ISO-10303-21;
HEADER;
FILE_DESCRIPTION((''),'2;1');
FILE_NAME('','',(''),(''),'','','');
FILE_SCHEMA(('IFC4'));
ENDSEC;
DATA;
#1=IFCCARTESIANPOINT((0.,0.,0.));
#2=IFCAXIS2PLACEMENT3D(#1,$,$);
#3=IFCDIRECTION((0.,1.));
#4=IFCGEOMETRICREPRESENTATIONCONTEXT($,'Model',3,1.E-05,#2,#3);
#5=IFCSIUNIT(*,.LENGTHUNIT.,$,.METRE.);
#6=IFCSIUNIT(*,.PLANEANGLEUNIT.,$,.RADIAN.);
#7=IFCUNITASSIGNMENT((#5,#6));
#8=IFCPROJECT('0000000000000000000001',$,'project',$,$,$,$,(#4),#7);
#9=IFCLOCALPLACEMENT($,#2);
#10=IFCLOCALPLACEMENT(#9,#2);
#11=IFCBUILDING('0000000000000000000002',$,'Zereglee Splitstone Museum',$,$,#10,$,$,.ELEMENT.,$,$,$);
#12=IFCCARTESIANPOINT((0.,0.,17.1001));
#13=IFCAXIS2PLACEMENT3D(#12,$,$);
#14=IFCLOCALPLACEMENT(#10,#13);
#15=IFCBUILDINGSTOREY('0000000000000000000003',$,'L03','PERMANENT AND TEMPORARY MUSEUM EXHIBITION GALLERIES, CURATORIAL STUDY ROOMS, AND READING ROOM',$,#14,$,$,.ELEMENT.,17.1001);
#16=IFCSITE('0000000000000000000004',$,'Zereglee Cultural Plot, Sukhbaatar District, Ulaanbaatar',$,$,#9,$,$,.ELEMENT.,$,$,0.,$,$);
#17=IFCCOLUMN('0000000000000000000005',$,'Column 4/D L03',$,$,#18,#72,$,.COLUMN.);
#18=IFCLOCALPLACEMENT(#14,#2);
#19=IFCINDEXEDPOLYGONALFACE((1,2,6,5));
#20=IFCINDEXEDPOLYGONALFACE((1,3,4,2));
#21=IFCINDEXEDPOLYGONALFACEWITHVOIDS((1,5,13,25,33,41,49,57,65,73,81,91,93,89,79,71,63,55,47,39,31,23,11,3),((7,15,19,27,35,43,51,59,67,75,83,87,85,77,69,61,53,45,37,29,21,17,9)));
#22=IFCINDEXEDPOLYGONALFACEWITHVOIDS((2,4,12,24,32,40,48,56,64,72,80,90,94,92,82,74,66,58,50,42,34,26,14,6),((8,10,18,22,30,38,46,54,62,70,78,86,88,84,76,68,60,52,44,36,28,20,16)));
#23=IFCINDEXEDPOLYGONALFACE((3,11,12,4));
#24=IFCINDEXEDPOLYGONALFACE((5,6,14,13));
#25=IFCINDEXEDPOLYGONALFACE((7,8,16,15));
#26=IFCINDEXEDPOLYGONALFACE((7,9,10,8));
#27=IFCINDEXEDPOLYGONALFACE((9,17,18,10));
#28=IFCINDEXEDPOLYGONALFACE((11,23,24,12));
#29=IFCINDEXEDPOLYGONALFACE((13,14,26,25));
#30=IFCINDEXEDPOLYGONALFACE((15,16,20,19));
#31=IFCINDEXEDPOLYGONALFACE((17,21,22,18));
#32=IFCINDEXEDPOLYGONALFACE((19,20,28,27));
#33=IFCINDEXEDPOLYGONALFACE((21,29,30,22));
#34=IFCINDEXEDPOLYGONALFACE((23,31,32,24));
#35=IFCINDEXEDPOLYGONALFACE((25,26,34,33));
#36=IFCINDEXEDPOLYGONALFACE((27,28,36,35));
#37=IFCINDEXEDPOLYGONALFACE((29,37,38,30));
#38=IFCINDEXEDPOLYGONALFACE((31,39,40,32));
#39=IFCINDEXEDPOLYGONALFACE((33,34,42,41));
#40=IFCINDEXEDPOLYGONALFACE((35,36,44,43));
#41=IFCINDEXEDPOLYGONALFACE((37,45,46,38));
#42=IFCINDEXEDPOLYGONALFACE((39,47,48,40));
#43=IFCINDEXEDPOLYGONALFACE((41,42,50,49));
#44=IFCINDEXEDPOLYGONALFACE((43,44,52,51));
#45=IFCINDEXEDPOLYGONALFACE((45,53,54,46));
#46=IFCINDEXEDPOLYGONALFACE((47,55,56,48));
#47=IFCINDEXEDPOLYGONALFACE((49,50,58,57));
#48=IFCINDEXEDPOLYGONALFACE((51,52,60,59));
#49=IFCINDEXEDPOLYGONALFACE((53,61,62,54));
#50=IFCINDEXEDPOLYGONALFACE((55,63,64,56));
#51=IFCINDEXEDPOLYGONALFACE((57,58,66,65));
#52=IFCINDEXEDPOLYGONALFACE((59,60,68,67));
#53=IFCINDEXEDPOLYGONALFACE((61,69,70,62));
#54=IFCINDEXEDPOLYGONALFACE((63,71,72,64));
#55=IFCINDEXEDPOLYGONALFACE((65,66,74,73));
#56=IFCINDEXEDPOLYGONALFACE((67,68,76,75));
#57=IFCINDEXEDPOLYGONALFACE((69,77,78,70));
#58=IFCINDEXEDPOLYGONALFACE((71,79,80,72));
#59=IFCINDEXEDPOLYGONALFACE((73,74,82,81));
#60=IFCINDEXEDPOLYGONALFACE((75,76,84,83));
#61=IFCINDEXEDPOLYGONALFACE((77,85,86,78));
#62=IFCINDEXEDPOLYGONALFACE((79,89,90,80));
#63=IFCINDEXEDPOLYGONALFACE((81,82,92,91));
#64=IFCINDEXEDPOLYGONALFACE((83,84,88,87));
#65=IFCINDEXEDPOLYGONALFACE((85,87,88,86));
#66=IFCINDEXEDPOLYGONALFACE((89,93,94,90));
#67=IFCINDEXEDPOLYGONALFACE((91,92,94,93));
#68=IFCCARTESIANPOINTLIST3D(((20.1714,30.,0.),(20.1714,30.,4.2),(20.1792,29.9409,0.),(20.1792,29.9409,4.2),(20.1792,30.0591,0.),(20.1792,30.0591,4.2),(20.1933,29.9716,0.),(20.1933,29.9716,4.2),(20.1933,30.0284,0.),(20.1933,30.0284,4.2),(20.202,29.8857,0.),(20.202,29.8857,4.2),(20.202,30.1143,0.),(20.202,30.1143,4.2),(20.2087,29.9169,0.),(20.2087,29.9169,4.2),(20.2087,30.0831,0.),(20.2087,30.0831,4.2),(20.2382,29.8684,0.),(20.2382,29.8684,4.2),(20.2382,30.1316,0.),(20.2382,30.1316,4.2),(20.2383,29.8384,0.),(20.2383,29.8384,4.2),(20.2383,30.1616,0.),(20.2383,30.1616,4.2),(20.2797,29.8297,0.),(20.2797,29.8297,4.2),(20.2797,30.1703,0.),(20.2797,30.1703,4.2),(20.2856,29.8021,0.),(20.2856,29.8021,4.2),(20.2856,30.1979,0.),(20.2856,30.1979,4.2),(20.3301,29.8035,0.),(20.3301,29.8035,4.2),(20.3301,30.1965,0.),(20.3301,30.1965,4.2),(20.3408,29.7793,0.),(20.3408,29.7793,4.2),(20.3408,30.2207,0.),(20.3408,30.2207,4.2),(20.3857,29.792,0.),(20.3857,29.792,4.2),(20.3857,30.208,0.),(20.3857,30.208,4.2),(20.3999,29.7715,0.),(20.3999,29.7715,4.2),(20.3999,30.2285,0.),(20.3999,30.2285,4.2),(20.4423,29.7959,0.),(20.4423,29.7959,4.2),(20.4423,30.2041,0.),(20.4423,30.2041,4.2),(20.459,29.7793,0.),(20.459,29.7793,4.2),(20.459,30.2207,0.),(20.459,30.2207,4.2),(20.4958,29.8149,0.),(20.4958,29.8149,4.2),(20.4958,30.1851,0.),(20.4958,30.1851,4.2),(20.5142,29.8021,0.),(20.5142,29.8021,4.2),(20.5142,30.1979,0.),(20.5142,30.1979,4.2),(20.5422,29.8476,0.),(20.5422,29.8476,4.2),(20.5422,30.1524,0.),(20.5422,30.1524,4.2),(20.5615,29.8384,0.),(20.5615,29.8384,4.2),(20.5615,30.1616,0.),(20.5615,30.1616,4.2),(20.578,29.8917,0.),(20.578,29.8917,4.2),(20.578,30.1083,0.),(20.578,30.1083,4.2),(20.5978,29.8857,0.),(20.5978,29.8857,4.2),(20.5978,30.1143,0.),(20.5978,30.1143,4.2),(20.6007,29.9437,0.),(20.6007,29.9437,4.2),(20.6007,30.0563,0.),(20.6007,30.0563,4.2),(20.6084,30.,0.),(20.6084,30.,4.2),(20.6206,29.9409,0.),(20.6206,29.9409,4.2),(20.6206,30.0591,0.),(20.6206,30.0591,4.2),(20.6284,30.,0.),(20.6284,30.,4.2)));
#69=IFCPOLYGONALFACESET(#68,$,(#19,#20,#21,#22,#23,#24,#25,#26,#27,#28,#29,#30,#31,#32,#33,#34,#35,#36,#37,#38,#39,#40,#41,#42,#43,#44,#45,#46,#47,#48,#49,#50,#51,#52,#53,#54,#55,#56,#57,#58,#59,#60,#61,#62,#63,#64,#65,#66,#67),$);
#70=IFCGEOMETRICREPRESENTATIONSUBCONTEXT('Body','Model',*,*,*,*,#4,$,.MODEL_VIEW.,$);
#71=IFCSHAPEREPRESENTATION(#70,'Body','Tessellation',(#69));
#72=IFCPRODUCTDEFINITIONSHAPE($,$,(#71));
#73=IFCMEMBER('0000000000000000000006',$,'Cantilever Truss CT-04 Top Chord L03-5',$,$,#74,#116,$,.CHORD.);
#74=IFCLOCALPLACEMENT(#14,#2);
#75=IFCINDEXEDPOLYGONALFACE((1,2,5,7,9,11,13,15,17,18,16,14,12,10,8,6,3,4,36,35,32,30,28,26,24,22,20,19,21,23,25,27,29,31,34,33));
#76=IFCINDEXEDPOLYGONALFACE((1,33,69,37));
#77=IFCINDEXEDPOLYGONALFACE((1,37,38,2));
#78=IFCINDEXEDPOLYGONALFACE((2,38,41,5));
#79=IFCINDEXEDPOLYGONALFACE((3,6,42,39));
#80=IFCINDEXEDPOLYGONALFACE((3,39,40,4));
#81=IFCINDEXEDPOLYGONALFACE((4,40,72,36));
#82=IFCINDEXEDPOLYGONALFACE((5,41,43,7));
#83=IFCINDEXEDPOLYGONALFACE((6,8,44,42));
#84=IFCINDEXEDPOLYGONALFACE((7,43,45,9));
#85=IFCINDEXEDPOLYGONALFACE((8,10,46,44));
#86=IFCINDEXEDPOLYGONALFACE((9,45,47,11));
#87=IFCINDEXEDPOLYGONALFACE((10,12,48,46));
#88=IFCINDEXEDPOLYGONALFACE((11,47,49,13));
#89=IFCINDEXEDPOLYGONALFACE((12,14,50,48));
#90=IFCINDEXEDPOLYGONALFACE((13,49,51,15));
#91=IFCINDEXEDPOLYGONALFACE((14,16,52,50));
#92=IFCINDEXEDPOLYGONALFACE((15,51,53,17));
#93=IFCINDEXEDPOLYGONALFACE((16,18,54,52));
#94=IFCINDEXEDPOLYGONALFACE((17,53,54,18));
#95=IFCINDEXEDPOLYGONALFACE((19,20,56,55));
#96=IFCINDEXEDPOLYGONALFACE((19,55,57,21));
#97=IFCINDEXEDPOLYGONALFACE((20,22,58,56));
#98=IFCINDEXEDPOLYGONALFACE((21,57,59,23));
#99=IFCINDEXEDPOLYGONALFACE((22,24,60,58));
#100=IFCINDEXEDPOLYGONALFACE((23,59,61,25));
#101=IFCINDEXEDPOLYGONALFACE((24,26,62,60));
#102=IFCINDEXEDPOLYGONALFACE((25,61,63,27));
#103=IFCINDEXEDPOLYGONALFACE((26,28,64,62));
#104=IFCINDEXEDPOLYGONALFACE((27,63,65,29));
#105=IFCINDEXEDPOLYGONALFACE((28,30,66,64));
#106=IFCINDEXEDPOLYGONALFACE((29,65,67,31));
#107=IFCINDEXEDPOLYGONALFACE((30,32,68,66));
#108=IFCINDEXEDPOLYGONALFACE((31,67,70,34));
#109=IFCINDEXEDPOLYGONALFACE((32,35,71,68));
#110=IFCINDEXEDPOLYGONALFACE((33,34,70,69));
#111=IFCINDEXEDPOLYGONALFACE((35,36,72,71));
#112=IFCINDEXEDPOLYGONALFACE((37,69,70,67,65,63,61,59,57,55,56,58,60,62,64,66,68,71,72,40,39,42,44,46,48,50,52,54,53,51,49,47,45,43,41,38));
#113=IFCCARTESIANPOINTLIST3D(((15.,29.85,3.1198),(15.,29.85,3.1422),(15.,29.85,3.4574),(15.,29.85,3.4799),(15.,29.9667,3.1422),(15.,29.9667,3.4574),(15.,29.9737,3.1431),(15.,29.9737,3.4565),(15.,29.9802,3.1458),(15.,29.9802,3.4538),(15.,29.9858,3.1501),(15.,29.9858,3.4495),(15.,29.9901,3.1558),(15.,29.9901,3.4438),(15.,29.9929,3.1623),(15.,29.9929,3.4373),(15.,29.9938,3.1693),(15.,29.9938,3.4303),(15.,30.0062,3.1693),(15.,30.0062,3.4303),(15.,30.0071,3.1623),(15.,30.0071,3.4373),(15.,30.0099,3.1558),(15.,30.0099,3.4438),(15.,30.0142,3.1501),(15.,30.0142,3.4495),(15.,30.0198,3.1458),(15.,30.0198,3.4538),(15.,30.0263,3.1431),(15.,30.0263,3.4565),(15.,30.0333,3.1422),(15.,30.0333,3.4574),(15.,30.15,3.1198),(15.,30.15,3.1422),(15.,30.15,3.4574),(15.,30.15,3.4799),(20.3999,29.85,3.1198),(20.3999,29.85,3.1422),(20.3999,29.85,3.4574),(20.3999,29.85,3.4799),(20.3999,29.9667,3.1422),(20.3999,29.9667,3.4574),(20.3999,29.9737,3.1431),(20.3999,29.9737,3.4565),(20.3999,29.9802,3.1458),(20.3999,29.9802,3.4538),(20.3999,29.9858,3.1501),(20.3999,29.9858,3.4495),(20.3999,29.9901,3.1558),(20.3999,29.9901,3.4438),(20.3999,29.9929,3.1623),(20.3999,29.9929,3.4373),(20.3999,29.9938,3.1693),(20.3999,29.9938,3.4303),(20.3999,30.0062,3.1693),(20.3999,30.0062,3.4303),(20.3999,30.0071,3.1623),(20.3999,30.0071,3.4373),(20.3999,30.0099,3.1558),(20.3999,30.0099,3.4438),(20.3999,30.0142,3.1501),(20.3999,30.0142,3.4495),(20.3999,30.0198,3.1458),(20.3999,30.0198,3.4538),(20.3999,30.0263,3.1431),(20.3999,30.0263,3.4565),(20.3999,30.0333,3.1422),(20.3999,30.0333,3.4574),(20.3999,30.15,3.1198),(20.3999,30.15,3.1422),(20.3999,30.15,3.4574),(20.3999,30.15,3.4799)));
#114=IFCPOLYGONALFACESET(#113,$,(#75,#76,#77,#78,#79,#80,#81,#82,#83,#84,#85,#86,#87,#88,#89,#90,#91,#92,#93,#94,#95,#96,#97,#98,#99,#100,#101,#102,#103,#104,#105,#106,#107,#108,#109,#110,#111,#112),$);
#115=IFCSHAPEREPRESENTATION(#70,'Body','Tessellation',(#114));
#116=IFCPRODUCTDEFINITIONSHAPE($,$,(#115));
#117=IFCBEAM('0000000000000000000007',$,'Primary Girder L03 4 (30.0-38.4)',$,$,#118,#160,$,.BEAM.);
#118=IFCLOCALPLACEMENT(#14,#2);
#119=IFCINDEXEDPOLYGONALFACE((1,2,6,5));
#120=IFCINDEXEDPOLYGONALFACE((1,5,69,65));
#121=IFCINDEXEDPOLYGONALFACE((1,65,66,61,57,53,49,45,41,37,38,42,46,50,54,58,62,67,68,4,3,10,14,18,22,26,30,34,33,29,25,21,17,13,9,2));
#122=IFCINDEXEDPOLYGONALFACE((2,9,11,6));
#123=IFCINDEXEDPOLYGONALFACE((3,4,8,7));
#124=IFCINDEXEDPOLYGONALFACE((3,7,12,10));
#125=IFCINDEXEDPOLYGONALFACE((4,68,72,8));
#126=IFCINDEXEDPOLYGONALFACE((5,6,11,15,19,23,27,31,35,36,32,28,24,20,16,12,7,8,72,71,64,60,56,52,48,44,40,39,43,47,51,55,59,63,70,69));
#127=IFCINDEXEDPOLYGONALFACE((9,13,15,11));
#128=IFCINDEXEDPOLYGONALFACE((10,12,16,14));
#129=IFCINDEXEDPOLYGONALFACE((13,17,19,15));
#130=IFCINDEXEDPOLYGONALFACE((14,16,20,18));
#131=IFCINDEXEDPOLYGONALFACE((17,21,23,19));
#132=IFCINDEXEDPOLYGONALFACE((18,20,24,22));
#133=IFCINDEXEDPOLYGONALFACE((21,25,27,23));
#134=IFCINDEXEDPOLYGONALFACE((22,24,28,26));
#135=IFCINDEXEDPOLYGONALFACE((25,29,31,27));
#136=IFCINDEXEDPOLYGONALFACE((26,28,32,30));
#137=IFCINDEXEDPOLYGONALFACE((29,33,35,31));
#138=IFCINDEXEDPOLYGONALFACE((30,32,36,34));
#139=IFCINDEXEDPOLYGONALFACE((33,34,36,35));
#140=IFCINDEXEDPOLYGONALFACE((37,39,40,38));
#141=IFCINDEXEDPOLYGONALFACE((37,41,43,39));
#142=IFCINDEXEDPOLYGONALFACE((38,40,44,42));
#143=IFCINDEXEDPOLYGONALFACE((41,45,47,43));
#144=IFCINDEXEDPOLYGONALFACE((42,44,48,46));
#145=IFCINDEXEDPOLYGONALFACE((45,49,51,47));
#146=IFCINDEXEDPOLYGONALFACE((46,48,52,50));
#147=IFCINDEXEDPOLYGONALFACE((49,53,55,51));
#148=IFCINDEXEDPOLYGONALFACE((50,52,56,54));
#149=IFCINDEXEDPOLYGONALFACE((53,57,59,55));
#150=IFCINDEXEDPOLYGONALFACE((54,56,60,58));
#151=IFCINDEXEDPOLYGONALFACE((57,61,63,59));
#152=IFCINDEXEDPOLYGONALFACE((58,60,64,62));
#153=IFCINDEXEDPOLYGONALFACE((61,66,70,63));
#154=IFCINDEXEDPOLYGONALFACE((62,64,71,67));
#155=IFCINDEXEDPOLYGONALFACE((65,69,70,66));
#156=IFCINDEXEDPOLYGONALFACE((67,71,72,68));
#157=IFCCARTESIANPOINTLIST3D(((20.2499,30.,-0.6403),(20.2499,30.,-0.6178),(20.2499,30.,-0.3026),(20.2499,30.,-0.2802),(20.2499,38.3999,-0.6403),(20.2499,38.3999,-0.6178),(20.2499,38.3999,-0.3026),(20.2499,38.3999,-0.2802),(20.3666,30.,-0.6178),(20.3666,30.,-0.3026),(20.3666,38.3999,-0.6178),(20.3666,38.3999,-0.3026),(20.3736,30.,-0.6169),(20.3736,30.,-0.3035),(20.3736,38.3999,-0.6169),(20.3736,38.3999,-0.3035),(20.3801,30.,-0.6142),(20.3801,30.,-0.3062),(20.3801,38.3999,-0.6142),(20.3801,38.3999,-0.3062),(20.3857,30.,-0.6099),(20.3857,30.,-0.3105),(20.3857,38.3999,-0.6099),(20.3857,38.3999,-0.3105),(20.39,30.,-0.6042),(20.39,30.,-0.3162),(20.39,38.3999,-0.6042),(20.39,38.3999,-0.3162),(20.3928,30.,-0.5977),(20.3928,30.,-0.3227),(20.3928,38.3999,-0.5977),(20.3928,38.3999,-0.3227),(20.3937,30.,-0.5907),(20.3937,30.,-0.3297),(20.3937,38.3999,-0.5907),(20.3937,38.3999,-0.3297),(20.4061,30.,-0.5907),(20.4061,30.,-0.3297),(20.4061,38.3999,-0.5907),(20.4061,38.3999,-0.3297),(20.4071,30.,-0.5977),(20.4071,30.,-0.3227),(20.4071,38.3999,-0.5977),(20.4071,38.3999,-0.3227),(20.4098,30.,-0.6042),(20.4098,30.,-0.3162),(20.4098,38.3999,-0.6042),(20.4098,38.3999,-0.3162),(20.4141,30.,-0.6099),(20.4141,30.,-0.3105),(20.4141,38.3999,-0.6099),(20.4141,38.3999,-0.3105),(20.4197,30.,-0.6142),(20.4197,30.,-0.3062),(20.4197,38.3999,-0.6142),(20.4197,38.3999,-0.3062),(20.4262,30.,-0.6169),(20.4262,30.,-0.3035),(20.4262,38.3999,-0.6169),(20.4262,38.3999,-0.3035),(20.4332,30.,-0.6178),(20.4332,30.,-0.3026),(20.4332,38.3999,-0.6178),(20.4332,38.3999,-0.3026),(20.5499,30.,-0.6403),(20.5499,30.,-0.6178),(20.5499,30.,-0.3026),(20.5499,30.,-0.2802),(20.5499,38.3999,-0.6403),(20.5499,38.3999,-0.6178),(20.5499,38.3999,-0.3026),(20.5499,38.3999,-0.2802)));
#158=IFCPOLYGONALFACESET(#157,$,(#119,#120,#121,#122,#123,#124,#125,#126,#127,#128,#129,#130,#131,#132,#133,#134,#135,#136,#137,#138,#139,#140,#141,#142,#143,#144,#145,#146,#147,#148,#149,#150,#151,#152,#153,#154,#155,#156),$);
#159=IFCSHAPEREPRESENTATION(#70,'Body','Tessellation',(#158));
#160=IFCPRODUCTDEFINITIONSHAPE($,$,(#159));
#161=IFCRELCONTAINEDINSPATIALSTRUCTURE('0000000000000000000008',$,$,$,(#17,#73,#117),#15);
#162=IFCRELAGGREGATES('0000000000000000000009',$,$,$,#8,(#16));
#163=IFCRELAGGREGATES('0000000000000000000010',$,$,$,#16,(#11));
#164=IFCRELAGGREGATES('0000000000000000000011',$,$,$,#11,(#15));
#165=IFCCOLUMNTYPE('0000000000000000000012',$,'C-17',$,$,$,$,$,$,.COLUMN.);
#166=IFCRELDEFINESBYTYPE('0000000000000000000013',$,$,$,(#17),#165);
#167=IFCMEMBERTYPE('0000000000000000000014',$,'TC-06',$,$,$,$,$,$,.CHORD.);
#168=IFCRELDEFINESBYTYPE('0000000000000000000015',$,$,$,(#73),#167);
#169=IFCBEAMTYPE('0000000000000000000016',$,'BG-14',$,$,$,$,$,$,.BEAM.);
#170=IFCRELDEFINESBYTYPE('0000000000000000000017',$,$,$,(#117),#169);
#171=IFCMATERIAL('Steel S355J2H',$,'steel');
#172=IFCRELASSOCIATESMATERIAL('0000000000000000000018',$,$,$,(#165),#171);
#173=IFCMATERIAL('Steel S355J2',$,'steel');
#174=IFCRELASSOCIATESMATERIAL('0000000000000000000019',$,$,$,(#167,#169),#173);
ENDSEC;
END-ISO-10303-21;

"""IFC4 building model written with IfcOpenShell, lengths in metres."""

from ifc_helpers import new_model, si_unit, direction, frame, origin, origin_2d, place, context, subcontext, project, spatial, hollow_circle, i_section, extrude, material, material_profile, profile_set, type_object, element, save


model = new_model("IFC4")

# Units and contexts
model_context = context("Model", 3, precision=1e-05, world=origin(), true_north=direction((0.0, 1.0)))
body_context = subcontext(model_context, "Body", "Model", "MODEL_VIEW")
ifc_project = project(units=[si_unit("LENGTHUNIT", "METRE"), si_unit("PLANEANGLEUNIT", "RADIAN")], contexts=[model_context])

# Site, building, storey
site_placement = place(None, origin())
site = spatial("IfcSite", under=ifc_project, at=site_placement, Name="Zereglee Cultural Plot, Sukhbaatar District, Ulaanbaatar", CompositionType="ELEMENT", RefElevation=0.0)
building_placement = place(site_placement, origin())
building = spatial("IfcBuilding", under=site, at=building_placement, Name="Zereglee Splitstone Museum", CompositionType="ELEMENT")
storey_placement = place(building_placement, frame((0.0, 0.0, 17.1001)))
storey = spatial("IfcBuildingStorey", under=building, at=storey_placement, Name="L03", Description="PERMANENT AND TEMPORARY MUSEUM EXHIBITION GALLERIES, CURATORIAL STUDY ROOMS, AND READING ROOM", CompositionType="ELEMENT", Elevation=17.1001)

# Column
ifc_material_1 = material(Name="Steel S355J2H", Category="steel")
ifc_material_profile_1 = material_profile(ifc_material_1, hollow_circle(Radius=0.2285, WallThickness=0.02, at=origin_2d()), Name="CHS 457.0x20")
ifc_profile_set_1 = profile_set([ifc_material_profile_1], Name="Steel S355J2H")
column_type = type_object("IfcColumnType", Name="C-17", PredefinedType="COLUMN", material=ifc_profile_set_1)
column_placement = place(storey_placement, frame((20.3999, 30.0, 0.0), z_axis=(0.0, 0.0, 1.0), x_axis=(1.0, 0.0, 0.0)))
element("IfcColumn", 1, at=column_placement, inside=storey, type_object=column_type, Name="Column 4/D L03", PredefinedType="COLUMN", context=body_context, shape_type="SweptSolid", body=[
    extrude(hollow_circle(Radius=0.2285, WallThickness=0.02, at=origin_2d()), origin(), (0.0, 0.0, 1.0), 4.2),
])

# Member
ifc_material_2 = material(Name="Steel S355J2", Category="steel")
ifc_material_profile_2 = material_profile(ifc_material_2, i_section(OverallWidth=0.3, OverallDepth=0.3601, WebThickness=0.0125, FlangeThickness=0.0225, FilletRadius=0.0271, at=origin_2d()), Name="HE 360 B")
ifc_profile_set_2 = profile_set([ifc_material_profile_2], Name="Steel S355J2")
member_type_1 = type_object("IfcMemberType", Name="TC-06", PredefinedType="CHORD", material=ifc_profile_set_2)
member_1_placement = place(storey_placement, frame((15.0, 30.0, 3.2998), z_axis=(1.0, 0.0, 0.0), x_axis=(0.0, 1.0, 0.0)))
element("IfcMember", 2, at=member_1_placement, inside=storey, type_object=member_type_1, Name="Cantilever Truss CT-04 Top Chord L03-5", PredefinedType="CHORD", context=body_context, shape_type="SweptSolid", body=[
    extrude(i_section(OverallWidth=0.3, OverallDepth=0.3601, WebThickness=0.0125, FlangeThickness=0.0225, FilletRadius=0.0271, at=origin_2d()), origin(), (0.0, 0.0, 1.0), 5.3999),
])

# Beam
ifc_material_profile_3 = material_profile(ifc_material_2, i_section(OverallWidth=0.3, OverallDepth=0.3601, WebThickness=0.0125, FlangeThickness=0.0225, FilletRadius=0.0271, at=origin_2d()), Name="HE 360 B")
ifc_profile_set_3 = profile_set([ifc_material_profile_3], Name="Steel S355J2")
beam_type_1 = type_object("IfcBeamType", Name="BG-14", PredefinedType="BEAM", material=ifc_profile_set_3)
beam_1_placement = place(storey_placement, frame((20.3999, 30.0, -0.4602), z_axis=(0.0, 1.0, 0.0), x_axis=(-1.0, 0.0, 0.0)))
element("IfcBeam", 3, at=beam_1_placement, inside=storey, type_object=beam_type_1, Name="Primary Girder L03 4 (30.0-38.4)", PredefinedType="BEAM", context=body_context, shape_type="SweptSolid", body=[
    extrude(i_section(OverallWidth=0.3, OverallDepth=0.3601, WebThickness=0.0125, FlangeThickness=0.0225, FilletRadius=0.0271, at=origin_2d()), origin(), (0.0, 0.0, 1.0), 8.3999),
])

save(model, "model.ifc")
